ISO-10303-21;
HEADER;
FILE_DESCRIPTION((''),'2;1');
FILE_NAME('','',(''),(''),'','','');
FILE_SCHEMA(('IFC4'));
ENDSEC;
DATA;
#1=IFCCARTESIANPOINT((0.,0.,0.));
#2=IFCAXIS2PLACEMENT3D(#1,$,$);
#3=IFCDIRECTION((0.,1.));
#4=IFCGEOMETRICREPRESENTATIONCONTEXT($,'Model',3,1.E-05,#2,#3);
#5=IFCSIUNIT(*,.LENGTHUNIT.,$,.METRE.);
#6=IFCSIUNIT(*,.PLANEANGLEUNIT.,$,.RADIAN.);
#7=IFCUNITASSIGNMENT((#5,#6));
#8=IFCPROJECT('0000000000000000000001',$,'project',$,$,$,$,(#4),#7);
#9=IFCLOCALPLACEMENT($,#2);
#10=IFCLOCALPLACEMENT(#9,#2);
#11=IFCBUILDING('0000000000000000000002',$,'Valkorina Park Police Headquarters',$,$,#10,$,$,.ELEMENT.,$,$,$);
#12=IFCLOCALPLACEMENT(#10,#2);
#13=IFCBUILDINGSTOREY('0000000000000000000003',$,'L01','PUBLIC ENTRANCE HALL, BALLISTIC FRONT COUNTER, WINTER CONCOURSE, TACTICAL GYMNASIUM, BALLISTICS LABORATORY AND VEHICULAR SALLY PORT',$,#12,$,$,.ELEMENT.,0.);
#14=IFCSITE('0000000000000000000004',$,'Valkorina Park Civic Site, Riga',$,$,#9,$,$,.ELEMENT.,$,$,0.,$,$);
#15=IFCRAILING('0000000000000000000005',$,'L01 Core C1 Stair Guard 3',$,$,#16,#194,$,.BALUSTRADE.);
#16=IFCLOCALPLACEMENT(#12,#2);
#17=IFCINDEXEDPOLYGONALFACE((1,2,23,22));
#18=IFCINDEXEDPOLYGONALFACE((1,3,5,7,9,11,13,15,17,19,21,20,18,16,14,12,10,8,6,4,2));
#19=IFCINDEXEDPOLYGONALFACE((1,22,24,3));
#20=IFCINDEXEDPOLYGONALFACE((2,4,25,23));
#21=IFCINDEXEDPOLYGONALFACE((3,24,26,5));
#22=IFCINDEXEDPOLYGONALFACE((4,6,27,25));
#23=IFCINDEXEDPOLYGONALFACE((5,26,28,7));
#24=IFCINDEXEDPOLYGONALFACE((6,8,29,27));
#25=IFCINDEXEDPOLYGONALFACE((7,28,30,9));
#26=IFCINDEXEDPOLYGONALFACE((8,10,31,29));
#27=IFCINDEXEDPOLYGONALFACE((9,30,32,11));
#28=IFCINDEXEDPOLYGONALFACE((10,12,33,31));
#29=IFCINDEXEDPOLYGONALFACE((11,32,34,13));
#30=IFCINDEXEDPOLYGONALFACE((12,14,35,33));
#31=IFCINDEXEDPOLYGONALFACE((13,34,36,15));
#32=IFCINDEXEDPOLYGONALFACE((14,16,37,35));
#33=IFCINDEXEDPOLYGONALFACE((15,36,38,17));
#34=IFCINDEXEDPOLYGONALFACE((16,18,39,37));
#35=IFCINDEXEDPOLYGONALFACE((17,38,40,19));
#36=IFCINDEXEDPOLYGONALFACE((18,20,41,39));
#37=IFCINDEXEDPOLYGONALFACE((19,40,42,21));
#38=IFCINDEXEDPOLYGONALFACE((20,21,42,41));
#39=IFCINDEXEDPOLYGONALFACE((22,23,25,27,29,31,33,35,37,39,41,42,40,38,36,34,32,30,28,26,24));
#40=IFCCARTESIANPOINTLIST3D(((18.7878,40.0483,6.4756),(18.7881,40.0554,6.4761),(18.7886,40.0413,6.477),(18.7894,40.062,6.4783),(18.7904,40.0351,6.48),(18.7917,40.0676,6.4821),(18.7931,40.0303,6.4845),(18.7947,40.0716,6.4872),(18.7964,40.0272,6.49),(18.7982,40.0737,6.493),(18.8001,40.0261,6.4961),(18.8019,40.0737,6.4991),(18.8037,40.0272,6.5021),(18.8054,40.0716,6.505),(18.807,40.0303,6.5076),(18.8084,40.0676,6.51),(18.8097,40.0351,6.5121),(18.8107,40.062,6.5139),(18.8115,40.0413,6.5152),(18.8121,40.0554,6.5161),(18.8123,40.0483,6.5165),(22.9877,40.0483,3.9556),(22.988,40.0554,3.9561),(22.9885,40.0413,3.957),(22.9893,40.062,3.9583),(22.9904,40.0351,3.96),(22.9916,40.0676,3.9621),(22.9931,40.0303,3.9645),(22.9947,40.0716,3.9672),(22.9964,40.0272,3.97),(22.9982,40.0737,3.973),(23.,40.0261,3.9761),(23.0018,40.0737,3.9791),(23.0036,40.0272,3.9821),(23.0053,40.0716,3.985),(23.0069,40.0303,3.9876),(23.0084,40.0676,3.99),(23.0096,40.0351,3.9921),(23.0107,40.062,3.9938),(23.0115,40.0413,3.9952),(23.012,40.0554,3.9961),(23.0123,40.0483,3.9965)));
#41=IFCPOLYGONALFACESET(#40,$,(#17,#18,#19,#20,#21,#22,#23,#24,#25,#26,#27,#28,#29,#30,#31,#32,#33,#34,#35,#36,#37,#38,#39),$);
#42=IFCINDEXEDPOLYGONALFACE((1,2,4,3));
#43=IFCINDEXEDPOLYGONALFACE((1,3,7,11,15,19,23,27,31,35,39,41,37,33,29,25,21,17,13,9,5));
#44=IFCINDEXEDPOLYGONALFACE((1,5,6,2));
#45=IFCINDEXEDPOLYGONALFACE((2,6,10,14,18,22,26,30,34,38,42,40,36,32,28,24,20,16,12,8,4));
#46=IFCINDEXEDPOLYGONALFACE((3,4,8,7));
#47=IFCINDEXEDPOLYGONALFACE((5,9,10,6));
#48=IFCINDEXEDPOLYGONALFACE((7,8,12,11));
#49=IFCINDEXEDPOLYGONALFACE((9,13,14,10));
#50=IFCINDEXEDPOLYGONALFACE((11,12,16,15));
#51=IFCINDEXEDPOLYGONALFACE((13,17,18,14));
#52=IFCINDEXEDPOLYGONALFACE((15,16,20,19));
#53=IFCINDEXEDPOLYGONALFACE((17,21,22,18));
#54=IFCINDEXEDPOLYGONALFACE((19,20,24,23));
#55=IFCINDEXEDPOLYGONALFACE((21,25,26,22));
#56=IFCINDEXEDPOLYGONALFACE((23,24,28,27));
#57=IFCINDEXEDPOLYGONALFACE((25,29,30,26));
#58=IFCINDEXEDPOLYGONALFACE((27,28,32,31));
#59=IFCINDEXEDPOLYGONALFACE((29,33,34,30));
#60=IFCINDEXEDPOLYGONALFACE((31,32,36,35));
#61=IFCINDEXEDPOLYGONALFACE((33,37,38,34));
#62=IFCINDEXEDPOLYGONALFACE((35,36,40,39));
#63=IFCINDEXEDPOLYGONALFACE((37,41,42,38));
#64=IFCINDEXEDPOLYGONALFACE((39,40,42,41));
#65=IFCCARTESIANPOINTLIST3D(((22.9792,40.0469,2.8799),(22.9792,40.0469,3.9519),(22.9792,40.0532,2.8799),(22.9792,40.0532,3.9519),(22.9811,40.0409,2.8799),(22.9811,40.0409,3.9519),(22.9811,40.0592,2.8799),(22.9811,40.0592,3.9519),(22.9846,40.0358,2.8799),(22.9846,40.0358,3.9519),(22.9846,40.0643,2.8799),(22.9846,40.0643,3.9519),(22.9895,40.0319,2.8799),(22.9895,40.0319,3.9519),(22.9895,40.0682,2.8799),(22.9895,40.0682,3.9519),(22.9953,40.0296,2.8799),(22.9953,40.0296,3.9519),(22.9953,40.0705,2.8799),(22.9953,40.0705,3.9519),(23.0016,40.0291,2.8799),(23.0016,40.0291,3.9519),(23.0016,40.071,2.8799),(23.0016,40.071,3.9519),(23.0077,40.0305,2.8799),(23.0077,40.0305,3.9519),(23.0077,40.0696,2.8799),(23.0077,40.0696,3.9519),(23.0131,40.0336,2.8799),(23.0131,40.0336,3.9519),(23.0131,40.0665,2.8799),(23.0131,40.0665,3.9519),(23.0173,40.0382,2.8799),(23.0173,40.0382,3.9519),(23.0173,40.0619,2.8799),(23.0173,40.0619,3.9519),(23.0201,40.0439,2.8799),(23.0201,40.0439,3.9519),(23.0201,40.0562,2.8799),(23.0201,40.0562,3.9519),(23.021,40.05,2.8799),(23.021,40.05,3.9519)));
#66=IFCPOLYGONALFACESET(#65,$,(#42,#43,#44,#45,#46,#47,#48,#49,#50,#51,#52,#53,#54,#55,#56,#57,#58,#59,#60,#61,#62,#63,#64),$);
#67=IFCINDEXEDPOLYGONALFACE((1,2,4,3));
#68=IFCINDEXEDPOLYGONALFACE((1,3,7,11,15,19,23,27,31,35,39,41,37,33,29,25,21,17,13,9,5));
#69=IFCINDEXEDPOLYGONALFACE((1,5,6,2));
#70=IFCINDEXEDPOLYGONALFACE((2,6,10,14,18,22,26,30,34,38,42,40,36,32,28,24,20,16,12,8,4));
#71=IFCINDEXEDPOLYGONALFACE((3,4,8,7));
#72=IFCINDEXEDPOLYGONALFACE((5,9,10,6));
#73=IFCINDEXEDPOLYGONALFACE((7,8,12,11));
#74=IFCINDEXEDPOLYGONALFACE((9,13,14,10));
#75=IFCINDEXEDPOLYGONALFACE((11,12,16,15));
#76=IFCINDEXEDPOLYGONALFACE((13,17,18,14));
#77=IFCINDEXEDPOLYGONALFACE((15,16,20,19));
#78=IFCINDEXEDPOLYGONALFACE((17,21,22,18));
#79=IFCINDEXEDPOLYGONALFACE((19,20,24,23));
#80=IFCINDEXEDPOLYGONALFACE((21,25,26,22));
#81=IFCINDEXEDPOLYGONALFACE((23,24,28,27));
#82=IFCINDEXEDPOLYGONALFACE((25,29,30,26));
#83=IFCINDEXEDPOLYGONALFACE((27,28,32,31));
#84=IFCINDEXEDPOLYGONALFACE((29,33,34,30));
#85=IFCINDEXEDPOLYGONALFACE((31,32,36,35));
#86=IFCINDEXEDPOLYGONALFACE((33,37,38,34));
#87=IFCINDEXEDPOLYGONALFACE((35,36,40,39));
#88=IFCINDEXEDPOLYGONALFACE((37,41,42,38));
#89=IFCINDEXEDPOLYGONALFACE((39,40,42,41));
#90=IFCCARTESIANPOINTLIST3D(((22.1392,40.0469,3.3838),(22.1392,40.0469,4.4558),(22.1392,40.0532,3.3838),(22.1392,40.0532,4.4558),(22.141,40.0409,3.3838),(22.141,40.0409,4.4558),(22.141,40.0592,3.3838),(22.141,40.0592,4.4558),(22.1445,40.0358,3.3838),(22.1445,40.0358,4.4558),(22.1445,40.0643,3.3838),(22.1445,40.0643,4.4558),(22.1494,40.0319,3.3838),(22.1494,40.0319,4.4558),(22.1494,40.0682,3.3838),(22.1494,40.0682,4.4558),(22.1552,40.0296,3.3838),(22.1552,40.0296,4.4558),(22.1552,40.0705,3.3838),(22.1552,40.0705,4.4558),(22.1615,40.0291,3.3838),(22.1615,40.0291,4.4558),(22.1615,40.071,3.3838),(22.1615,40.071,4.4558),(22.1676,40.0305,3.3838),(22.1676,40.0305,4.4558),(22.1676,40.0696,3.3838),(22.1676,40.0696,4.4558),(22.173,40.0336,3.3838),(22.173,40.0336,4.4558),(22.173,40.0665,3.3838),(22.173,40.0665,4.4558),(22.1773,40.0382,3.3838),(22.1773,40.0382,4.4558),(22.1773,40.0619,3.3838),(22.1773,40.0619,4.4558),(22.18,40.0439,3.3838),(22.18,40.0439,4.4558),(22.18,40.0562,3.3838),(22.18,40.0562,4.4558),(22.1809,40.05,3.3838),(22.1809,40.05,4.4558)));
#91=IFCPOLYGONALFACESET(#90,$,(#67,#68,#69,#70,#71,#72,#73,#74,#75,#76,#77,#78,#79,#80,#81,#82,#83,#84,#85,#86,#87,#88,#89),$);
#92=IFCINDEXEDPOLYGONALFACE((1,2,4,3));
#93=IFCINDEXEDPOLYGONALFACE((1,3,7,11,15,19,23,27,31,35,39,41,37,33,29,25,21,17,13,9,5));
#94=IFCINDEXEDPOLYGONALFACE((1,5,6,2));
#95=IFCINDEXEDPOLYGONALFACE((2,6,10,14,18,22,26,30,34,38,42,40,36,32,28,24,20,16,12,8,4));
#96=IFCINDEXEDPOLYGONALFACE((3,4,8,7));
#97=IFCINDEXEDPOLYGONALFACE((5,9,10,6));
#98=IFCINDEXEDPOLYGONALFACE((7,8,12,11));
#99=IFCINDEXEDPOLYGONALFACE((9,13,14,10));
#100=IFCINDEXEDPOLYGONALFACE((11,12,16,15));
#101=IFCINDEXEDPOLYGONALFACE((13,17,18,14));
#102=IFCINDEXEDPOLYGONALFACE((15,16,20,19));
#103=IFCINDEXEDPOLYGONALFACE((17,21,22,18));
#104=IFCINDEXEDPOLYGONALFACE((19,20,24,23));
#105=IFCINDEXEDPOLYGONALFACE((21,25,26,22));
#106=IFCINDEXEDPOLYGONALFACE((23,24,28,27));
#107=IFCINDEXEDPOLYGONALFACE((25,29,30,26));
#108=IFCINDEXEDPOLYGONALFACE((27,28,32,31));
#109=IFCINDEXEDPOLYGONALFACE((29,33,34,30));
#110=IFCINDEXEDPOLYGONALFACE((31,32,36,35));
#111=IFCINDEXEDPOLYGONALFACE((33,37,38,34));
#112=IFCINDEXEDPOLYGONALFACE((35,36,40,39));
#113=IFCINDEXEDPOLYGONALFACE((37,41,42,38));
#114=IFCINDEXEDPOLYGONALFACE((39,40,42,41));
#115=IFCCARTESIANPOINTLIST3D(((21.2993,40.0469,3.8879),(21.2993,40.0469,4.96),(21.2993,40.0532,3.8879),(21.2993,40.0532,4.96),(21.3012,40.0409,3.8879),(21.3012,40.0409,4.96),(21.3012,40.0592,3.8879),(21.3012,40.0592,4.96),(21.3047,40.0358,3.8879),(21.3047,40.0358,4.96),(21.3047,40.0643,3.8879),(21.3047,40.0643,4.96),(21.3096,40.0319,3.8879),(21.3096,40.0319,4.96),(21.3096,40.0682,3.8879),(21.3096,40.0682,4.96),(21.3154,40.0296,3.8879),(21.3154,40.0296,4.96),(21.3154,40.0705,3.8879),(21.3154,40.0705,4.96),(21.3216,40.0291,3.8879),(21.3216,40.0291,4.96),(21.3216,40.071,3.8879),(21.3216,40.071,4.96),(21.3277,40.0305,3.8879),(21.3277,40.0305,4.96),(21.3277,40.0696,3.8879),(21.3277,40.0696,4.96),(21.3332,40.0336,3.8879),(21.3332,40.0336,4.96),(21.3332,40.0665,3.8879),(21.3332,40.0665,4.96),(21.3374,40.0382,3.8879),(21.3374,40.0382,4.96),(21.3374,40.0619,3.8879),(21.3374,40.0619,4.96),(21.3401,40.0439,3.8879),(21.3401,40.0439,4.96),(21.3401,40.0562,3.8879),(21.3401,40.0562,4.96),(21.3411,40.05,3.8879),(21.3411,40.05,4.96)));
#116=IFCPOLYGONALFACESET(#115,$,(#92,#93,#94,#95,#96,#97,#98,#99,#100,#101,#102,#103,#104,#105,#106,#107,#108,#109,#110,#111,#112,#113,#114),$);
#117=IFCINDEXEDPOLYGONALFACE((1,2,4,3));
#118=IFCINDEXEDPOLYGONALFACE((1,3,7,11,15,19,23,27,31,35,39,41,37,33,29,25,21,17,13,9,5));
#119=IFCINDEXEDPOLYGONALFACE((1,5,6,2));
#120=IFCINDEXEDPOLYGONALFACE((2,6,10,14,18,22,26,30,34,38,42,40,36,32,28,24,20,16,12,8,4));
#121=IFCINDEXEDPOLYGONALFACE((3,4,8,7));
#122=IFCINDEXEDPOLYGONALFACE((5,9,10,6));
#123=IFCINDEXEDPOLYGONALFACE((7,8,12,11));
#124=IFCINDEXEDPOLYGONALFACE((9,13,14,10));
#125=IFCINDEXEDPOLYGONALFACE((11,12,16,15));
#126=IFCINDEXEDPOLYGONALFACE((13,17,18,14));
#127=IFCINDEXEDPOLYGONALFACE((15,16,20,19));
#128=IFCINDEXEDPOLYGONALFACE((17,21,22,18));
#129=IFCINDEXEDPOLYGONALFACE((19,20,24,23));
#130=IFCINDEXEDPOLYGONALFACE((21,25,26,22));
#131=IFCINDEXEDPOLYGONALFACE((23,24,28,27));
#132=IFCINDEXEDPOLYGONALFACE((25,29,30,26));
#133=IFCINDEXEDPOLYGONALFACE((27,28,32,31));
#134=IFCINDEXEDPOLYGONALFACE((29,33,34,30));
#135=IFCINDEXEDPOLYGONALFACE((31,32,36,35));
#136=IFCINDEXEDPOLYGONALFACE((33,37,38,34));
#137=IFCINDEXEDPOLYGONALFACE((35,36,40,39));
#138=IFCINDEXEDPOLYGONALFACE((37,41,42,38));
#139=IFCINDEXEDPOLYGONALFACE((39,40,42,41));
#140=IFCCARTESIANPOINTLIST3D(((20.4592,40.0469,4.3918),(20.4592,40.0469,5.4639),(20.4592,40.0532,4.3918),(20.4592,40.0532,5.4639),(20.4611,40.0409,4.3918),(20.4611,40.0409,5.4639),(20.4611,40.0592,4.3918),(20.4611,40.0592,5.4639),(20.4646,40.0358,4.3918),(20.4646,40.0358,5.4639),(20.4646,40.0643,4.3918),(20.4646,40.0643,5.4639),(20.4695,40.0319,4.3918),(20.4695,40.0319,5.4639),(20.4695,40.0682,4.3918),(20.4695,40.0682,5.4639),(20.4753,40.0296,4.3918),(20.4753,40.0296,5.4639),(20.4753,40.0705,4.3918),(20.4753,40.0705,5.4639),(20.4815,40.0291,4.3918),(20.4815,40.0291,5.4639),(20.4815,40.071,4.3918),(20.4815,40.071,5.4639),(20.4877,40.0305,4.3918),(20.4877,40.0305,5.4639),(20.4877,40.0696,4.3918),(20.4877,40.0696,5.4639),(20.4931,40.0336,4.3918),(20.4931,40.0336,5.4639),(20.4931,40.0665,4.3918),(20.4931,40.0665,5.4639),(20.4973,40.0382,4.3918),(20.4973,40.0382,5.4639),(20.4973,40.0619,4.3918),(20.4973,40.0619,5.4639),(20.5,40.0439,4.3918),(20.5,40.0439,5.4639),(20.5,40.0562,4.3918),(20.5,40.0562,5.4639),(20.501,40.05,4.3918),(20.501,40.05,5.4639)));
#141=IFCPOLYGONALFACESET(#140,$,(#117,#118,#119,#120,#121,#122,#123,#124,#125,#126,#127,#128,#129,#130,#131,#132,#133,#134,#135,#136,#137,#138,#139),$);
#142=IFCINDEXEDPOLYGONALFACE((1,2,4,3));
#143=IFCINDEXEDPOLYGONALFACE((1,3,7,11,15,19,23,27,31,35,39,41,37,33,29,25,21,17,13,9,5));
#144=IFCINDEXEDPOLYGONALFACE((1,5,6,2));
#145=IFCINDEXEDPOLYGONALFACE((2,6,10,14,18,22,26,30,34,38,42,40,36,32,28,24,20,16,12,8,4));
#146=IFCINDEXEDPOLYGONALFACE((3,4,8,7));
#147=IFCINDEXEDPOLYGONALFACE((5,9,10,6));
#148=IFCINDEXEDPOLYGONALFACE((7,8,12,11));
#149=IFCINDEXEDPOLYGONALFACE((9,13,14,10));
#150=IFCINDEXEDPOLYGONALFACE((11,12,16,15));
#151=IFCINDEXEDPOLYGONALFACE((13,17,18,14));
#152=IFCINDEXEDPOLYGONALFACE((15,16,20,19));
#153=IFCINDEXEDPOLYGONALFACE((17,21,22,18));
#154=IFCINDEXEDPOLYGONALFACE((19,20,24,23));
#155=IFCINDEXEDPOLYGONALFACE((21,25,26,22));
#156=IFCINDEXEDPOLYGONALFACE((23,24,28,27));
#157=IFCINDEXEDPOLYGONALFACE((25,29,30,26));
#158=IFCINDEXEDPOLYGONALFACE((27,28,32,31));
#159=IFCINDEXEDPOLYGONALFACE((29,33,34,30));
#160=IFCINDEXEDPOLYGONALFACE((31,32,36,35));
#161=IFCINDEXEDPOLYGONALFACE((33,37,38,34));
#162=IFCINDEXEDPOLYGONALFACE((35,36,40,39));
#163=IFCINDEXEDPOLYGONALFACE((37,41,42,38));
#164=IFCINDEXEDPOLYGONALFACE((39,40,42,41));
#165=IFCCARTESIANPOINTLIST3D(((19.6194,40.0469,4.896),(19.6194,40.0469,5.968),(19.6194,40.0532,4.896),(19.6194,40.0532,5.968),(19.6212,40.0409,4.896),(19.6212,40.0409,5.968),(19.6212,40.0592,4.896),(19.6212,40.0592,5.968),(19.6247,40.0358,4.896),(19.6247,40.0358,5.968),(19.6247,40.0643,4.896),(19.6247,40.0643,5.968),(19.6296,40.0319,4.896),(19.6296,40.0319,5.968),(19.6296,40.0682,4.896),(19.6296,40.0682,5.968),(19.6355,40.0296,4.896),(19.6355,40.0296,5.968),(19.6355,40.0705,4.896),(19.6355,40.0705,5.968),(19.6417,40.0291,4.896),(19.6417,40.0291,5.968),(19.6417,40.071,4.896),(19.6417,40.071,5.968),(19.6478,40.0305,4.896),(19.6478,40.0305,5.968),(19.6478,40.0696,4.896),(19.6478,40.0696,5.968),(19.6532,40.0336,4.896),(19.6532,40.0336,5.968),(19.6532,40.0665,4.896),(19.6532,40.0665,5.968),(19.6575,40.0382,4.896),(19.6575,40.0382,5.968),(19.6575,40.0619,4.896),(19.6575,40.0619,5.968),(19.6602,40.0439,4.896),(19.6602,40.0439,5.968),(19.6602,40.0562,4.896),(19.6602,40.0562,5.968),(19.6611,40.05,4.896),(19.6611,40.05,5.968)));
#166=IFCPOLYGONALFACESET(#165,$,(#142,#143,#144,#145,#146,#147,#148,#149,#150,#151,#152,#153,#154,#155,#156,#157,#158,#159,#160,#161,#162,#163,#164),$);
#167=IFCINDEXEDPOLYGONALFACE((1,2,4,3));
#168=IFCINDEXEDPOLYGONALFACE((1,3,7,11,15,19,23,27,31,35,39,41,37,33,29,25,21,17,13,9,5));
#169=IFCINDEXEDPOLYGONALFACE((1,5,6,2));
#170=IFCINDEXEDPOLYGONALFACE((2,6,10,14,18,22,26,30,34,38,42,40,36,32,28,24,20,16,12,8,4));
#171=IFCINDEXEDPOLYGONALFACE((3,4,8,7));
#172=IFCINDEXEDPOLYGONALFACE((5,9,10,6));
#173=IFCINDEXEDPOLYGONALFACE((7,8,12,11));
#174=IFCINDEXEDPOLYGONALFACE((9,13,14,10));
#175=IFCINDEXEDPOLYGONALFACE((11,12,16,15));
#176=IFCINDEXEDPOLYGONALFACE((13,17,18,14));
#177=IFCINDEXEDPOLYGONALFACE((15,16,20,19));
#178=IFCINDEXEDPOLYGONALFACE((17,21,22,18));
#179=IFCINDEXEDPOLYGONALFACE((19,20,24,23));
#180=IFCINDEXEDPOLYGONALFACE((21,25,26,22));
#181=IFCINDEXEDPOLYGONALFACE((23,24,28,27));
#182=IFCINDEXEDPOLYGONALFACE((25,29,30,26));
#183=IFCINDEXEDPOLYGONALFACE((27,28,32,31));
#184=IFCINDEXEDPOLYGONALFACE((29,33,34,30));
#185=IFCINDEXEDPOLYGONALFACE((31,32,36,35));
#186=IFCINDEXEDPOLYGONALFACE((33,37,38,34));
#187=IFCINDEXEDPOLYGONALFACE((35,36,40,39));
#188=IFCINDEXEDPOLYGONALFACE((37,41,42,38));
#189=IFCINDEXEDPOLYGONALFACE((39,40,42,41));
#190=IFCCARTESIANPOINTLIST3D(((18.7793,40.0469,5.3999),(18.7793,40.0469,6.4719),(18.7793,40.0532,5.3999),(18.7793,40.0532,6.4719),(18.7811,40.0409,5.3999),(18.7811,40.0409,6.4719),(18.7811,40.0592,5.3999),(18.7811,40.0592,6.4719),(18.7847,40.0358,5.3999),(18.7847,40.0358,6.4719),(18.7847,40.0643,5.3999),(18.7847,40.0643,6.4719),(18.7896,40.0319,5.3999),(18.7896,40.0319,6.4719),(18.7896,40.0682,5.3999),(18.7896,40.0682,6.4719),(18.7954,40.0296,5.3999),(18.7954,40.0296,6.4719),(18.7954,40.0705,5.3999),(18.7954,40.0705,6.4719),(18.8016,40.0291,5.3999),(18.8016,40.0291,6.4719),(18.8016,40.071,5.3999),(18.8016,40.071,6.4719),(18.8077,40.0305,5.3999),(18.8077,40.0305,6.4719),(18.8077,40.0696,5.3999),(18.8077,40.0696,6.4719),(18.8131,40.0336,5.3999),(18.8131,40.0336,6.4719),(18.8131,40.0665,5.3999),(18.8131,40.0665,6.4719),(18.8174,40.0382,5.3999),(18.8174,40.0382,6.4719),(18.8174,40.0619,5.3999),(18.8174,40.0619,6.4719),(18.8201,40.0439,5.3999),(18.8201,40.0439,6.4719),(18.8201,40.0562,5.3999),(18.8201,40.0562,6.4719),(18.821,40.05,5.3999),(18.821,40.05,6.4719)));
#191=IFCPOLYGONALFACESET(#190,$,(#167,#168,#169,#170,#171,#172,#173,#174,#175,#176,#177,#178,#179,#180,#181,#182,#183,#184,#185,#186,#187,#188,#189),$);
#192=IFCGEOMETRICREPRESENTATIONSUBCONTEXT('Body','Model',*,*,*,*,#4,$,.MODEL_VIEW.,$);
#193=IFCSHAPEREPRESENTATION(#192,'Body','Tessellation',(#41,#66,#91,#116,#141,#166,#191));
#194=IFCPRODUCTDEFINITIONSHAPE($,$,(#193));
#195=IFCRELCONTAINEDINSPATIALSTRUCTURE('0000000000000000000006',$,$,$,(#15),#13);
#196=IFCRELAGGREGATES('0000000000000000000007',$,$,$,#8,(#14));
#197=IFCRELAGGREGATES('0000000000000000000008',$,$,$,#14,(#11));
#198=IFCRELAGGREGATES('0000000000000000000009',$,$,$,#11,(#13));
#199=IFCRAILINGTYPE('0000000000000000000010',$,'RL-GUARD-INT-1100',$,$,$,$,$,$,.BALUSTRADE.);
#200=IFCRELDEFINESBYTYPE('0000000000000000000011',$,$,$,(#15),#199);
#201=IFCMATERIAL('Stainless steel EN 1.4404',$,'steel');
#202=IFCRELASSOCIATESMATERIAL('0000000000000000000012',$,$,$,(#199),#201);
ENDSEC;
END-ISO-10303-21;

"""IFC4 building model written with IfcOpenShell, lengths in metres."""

from ifc_helpers import new_model, si_unit, direction, frame, origin, origin_2d, place, context, subcontext, project, spatial, circle, extrude, material, type_object, element, save


model = new_model("IFC4")

# Units and contexts
model_context = context("Model", 3, precision=1e-05, world=origin(), true_north=direction((0.0, 1.0)))
body_context = subcontext(model_context, "Body", "Model", "MODEL_VIEW")
ifc_project = project(units=[si_unit("LENGTHUNIT", "METRE"), si_unit("PLANEANGLEUNIT", "RADIAN")], contexts=[model_context])

# Site, building, storey
site_placement = place(None, origin())
site = spatial("IfcSite", under=ifc_project, at=site_placement, Name="Valkorina Park Civic Site, Riga", CompositionType="ELEMENT", RefElevation=0.0)
building_placement = place(site_placement, origin())
building = spatial("IfcBuilding", under=site, at=building_placement, Name="Valkorina Park Police Headquarters", CompositionType="ELEMENT")
storey_placement = place(building_placement, origin())
storey = spatial("IfcBuildingStorey", under=building, at=storey_placement, Name="L01", Description="PUBLIC ENTRANCE HALL, BALLISTIC FRONT COUNTER, WINTER CONCOURSE, TACTICAL GYMNASIUM, BALLISTICS LABORATORY AND VEHICULAR SALLY PORT", CompositionType="ELEMENT", Elevation=0.0)

# Shared definitions
ifc_material_1 = material(Name="Stainless steel EN 1.4404", Category="steel")

# Railing
railing_type_1 = type_object("IfcRailingType", Name="RL-GUARD-INT-1100", PredefinedType="BALUSTRADE", material=ifc_material_1)
railing_1_placement = place(storey_placement, frame((23.0, 40.05, 2.8799)))
element("IfcRailing", 1, at=railing_1_placement, inside=storey, type_object=railing_type_1, Name="L01 Core C1 Stair Guard 3", PredefinedType="BALUSTRADE", context=body_context, shape_type="SweptSolid", body=[
    extrude(circle(Radius=0.0239, at=origin_2d()), frame((0.0, 0.0, 1.0962), z_axis=(-0.857489, 0.0, 0.514503), x_axis=(0.0, -1.0, 0.0)), (0.0, 0.0, 1.0), 4.8979),
    extrude(circle(Radius=0.021, at=origin_2d()), origin(), (0.0, 0.0, 1.0), 1.072),
    extrude(circle(Radius=0.021, at=origin_2d()), frame((-0.8401, 0.0, 0.5039)), (0.0, 0.0, 1.0), 1.072),
    extrude(circle(Radius=0.021, at=origin_2d()), frame((-1.6799, 0.0, 1.0081)), (0.0, 0.0, 1.0), 1.072),
    extrude(circle(Radius=0.021, at=origin_2d()), frame((-2.52, 0.0, 1.512)), (0.0, 0.0, 1.0), 1.072),
    extrude(circle(Radius=0.021, at=origin_2d()), frame((-3.3599, 0.0, 2.0161)), (0.0, 0.0, 1.0), 1.072),
    extrude(circle(Radius=0.021, at=origin_2d()), frame((-4.2, 0.0, 2.52)), (0.0, 0.0, 1.0), 1.072),
])

save(model, "model.ifc")
